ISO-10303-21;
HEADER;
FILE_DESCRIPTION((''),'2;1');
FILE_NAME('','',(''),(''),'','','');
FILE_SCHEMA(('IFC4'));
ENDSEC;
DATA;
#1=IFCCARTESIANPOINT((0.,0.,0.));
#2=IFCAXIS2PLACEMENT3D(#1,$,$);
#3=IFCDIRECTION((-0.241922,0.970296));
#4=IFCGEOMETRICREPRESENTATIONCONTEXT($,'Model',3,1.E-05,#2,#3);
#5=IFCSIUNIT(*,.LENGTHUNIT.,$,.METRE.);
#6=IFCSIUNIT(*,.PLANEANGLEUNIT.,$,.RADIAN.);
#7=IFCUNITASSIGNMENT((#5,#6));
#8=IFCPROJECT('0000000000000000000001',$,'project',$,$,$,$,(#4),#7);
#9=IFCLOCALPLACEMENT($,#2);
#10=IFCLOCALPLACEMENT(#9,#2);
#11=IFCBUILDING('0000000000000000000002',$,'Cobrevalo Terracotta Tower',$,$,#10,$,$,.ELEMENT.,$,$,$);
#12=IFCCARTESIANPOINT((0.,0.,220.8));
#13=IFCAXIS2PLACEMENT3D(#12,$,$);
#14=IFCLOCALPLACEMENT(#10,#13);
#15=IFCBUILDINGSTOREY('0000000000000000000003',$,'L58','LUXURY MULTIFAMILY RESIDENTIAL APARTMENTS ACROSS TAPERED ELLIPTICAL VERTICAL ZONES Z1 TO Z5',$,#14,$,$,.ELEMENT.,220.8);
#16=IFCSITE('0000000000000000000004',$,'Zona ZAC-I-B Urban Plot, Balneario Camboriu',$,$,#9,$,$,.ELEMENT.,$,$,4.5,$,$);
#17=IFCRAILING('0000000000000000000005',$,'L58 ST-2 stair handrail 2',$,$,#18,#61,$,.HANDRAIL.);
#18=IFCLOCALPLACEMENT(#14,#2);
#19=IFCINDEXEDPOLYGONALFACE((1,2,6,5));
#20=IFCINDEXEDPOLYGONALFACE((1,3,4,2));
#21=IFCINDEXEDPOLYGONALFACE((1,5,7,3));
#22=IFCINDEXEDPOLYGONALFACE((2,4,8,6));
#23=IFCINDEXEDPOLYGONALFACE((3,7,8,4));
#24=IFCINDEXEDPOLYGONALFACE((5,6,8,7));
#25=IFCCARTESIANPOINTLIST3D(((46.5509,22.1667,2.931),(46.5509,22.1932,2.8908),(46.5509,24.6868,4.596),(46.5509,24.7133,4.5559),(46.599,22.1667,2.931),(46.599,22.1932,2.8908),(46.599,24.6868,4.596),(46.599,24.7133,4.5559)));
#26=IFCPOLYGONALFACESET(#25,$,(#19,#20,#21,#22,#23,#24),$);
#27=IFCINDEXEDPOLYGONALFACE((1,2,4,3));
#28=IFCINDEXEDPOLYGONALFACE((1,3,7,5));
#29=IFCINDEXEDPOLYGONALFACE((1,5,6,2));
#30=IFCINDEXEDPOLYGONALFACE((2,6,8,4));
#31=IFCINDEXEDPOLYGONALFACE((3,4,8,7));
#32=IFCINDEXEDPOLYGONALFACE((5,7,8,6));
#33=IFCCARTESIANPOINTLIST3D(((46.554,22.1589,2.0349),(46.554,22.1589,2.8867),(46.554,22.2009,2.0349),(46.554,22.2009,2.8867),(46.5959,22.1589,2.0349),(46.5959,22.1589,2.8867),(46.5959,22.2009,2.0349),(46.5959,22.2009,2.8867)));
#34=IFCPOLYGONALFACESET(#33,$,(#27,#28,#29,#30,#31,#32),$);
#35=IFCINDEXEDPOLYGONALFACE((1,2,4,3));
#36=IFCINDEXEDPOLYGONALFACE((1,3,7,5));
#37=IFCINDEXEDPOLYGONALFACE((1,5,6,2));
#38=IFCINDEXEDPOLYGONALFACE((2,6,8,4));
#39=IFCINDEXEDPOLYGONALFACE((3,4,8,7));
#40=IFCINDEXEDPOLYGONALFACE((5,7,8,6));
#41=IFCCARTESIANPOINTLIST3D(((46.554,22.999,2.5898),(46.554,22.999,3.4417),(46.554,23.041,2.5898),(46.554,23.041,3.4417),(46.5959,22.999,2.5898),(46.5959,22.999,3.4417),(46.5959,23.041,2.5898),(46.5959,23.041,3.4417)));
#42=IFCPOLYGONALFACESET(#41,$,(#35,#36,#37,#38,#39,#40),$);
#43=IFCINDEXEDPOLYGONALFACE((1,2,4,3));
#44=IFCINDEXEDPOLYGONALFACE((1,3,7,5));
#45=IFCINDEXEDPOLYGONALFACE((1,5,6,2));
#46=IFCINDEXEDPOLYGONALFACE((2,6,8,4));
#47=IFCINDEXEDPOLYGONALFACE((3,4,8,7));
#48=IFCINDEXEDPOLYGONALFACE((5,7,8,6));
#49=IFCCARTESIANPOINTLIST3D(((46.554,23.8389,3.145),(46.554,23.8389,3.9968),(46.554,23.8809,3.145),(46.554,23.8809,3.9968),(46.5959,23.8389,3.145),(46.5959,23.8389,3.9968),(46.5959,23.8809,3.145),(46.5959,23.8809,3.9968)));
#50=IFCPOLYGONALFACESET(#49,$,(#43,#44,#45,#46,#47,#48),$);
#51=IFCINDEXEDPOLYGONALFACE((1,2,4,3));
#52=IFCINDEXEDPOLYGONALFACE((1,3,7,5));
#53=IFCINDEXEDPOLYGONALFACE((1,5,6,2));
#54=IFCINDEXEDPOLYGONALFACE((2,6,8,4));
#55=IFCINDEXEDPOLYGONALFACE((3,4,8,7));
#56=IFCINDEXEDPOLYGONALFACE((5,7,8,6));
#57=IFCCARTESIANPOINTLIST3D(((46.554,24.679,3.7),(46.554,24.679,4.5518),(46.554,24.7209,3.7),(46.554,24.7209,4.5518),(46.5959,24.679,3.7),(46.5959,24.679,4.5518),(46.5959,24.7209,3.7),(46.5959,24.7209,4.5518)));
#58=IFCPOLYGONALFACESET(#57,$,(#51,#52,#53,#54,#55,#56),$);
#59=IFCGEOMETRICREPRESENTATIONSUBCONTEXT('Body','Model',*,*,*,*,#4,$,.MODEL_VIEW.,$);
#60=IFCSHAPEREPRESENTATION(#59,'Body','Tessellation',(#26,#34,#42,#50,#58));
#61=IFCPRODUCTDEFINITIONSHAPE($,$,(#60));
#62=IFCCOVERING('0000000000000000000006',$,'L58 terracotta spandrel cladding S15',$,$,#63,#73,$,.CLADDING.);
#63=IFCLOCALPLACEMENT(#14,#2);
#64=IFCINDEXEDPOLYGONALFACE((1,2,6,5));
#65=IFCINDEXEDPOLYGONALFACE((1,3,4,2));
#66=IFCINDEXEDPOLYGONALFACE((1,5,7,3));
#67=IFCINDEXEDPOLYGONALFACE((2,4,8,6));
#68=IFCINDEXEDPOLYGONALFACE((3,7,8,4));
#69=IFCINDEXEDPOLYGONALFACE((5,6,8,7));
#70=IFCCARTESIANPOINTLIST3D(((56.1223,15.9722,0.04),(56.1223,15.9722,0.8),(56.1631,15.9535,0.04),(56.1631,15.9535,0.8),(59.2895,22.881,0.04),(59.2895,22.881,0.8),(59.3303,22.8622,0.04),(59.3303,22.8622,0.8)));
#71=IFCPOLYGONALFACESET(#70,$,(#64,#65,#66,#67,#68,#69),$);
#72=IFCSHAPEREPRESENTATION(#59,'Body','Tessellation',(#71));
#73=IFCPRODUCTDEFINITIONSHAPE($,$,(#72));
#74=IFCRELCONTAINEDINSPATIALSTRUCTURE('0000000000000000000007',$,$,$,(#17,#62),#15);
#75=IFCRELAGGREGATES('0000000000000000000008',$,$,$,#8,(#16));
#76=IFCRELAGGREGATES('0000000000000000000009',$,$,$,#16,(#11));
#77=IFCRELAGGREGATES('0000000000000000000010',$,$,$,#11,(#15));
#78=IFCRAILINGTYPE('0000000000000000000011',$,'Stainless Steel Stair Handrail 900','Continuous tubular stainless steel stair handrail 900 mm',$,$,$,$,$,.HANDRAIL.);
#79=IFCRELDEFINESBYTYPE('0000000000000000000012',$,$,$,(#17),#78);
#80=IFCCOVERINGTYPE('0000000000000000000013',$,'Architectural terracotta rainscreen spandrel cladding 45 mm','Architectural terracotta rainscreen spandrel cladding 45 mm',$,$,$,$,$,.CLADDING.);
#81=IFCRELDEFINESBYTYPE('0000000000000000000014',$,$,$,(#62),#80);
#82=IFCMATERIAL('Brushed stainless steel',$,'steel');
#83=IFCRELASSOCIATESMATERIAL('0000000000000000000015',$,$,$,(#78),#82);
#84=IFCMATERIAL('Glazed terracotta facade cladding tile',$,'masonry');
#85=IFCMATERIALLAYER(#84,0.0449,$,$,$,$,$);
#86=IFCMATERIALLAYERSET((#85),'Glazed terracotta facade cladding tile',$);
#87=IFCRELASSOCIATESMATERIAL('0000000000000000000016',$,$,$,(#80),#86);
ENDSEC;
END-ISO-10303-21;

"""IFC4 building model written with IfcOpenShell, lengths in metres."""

from ifc_helpers import new_model, si_unit, direction, frame, origin, origin_2d, place, context, subcontext, project, spatial, rectangle, extrude, source, transform, mapped, material, layer, layer_set, type_object, element, save


model = new_model("IFC4")

# Units and contexts
model_context = context("Model", 3, precision=1e-05, world=origin(), true_north=direction((-0.241922, 0.970296)))
body_context = subcontext(model_context, "Body", "Model", "MODEL_VIEW")
ifc_project = project(units=[si_unit("LENGTHUNIT", "METRE"), si_unit("PLANEANGLEUNIT", "RADIAN")], contexts=[model_context])

# Site, building, storey
site_placement = place(None, origin())
site = spatial("IfcSite", under=ifc_project, at=site_placement, Name="Zona ZAC-I-B Urban Plot, Balneario Camboriu", CompositionType="ELEMENT", RefElevation=4.5)
building_placement = place(site_placement, origin())
building = spatial("IfcBuilding", under=site, at=building_placement, Name="Cobrevalo Terracotta Tower", CompositionType="ELEMENT")
storey_placement = place(building_placement, frame((0.0, 0.0, 220.8)))
storey = spatial("IfcBuildingStorey", under=building, at=storey_placement, Name="L58", Description="LUXURY MULTIFAMILY RESIDENTIAL APARTMENTS ACROSS TAPERED ELLIPTICAL VERTICAL ZONES Z1 TO Z5", CompositionType="ELEMENT", Elevation=220.8)

# Railing
ifc_material_1 = material(Name="Brushed stainless steel", Category="steel")
railing_type = type_object("IfcRailingType", Name="Stainless Steel Stair Handrail 900", Description="Continuous tubular stainless steel stair handrail 900 mm", PredefinedType="HANDRAIL", material=ifc_material_1)
railing_placement = place(storey_placement, frame((46.575, 22.1799, 2.0349)))
element("IfcRailing", 1, at=railing_placement, inside=storey, type_object=railing_type, Name="L58 ST-2 stair handrail 2", PredefinedType="HANDRAIL", context=body_context, shape_type="SweptSolid", body=[
    extrude(rectangle(XDim=0.0481, YDim=0.0481, at=origin_2d()), frame((0.0, 0.0, 0.876), z_axis=(0.0, 0.834331, 0.551263), x_axis=(-1.0, 0.0, 0.0)), (0.0, 0.0, 1.0), 3.0205),
    extrude(rectangle(XDim=0.042, YDim=0.042, at=origin_2d()), origin(), (0.0, 0.0, 1.0), 0.8518),
    extrude(rectangle(XDim=0.042, YDim=0.042, at=origin_2d()), frame((0.0, 0.8401, 0.5549)), (0.0, 0.0, 1.0), 0.8518),
    extrude(rectangle(XDim=0.042, YDim=0.042, at=origin_2d()), frame((0.0, 1.6799, 1.1101)), (0.0, 0.0, 1.0), 0.8518),
    extrude(rectangle(XDim=0.042, YDim=0.042, at=origin_2d()), frame((0.0, 2.52, 1.665)), (0.0, 0.0, 1.0), 0.8518),
])

# Covering
ifc_material_2 = material(Name="Glazed terracotta facade cladding tile", Category="masonry")
ifc_layer_1 = layer(ifc_material_2, 0.0449)
ifc_layer_set_1 = layer_set([ifc_layer_1], Name="Glazed terracotta facade cladding tile")
covering_type = type_object("IfcCoveringType", Name="Architectural terracotta rainscreen spandrel cladding 45 mm", Description="Architectural terracotta rainscreen spandrel cladding 45 mm", PredefinedType="CLADDING", material=ifc_layer_set_1)
shared_shape_1 = source(origin(), body_context, "Body", "SweptSolid", [
    extrude(rectangle(XDim=7.6001, YDim=0.0449, at=origin_2d()), origin(), (0.0, 0.0, 1.0), 0.76),
])
covering_placement = place(storey_placement, frame((57.7263, 19.4172, 0.04), z_axis=(0.0, 0.0, 1.0), x_axis=(0.416731, 0.90903, 0.0)))
element("IfcCovering", 2, at=covering_placement, inside=storey, type_object=covering_type, Name="L58 terracotta spandrel cladding S15", PredefinedType="CLADDING", context=body_context, shape_type="MappedRepresentation", body=[
    mapped(shared_shape_1, transform((0.0, 0.0, 0.0), scale=1.0)),
])

save(model, "model.ifc")
